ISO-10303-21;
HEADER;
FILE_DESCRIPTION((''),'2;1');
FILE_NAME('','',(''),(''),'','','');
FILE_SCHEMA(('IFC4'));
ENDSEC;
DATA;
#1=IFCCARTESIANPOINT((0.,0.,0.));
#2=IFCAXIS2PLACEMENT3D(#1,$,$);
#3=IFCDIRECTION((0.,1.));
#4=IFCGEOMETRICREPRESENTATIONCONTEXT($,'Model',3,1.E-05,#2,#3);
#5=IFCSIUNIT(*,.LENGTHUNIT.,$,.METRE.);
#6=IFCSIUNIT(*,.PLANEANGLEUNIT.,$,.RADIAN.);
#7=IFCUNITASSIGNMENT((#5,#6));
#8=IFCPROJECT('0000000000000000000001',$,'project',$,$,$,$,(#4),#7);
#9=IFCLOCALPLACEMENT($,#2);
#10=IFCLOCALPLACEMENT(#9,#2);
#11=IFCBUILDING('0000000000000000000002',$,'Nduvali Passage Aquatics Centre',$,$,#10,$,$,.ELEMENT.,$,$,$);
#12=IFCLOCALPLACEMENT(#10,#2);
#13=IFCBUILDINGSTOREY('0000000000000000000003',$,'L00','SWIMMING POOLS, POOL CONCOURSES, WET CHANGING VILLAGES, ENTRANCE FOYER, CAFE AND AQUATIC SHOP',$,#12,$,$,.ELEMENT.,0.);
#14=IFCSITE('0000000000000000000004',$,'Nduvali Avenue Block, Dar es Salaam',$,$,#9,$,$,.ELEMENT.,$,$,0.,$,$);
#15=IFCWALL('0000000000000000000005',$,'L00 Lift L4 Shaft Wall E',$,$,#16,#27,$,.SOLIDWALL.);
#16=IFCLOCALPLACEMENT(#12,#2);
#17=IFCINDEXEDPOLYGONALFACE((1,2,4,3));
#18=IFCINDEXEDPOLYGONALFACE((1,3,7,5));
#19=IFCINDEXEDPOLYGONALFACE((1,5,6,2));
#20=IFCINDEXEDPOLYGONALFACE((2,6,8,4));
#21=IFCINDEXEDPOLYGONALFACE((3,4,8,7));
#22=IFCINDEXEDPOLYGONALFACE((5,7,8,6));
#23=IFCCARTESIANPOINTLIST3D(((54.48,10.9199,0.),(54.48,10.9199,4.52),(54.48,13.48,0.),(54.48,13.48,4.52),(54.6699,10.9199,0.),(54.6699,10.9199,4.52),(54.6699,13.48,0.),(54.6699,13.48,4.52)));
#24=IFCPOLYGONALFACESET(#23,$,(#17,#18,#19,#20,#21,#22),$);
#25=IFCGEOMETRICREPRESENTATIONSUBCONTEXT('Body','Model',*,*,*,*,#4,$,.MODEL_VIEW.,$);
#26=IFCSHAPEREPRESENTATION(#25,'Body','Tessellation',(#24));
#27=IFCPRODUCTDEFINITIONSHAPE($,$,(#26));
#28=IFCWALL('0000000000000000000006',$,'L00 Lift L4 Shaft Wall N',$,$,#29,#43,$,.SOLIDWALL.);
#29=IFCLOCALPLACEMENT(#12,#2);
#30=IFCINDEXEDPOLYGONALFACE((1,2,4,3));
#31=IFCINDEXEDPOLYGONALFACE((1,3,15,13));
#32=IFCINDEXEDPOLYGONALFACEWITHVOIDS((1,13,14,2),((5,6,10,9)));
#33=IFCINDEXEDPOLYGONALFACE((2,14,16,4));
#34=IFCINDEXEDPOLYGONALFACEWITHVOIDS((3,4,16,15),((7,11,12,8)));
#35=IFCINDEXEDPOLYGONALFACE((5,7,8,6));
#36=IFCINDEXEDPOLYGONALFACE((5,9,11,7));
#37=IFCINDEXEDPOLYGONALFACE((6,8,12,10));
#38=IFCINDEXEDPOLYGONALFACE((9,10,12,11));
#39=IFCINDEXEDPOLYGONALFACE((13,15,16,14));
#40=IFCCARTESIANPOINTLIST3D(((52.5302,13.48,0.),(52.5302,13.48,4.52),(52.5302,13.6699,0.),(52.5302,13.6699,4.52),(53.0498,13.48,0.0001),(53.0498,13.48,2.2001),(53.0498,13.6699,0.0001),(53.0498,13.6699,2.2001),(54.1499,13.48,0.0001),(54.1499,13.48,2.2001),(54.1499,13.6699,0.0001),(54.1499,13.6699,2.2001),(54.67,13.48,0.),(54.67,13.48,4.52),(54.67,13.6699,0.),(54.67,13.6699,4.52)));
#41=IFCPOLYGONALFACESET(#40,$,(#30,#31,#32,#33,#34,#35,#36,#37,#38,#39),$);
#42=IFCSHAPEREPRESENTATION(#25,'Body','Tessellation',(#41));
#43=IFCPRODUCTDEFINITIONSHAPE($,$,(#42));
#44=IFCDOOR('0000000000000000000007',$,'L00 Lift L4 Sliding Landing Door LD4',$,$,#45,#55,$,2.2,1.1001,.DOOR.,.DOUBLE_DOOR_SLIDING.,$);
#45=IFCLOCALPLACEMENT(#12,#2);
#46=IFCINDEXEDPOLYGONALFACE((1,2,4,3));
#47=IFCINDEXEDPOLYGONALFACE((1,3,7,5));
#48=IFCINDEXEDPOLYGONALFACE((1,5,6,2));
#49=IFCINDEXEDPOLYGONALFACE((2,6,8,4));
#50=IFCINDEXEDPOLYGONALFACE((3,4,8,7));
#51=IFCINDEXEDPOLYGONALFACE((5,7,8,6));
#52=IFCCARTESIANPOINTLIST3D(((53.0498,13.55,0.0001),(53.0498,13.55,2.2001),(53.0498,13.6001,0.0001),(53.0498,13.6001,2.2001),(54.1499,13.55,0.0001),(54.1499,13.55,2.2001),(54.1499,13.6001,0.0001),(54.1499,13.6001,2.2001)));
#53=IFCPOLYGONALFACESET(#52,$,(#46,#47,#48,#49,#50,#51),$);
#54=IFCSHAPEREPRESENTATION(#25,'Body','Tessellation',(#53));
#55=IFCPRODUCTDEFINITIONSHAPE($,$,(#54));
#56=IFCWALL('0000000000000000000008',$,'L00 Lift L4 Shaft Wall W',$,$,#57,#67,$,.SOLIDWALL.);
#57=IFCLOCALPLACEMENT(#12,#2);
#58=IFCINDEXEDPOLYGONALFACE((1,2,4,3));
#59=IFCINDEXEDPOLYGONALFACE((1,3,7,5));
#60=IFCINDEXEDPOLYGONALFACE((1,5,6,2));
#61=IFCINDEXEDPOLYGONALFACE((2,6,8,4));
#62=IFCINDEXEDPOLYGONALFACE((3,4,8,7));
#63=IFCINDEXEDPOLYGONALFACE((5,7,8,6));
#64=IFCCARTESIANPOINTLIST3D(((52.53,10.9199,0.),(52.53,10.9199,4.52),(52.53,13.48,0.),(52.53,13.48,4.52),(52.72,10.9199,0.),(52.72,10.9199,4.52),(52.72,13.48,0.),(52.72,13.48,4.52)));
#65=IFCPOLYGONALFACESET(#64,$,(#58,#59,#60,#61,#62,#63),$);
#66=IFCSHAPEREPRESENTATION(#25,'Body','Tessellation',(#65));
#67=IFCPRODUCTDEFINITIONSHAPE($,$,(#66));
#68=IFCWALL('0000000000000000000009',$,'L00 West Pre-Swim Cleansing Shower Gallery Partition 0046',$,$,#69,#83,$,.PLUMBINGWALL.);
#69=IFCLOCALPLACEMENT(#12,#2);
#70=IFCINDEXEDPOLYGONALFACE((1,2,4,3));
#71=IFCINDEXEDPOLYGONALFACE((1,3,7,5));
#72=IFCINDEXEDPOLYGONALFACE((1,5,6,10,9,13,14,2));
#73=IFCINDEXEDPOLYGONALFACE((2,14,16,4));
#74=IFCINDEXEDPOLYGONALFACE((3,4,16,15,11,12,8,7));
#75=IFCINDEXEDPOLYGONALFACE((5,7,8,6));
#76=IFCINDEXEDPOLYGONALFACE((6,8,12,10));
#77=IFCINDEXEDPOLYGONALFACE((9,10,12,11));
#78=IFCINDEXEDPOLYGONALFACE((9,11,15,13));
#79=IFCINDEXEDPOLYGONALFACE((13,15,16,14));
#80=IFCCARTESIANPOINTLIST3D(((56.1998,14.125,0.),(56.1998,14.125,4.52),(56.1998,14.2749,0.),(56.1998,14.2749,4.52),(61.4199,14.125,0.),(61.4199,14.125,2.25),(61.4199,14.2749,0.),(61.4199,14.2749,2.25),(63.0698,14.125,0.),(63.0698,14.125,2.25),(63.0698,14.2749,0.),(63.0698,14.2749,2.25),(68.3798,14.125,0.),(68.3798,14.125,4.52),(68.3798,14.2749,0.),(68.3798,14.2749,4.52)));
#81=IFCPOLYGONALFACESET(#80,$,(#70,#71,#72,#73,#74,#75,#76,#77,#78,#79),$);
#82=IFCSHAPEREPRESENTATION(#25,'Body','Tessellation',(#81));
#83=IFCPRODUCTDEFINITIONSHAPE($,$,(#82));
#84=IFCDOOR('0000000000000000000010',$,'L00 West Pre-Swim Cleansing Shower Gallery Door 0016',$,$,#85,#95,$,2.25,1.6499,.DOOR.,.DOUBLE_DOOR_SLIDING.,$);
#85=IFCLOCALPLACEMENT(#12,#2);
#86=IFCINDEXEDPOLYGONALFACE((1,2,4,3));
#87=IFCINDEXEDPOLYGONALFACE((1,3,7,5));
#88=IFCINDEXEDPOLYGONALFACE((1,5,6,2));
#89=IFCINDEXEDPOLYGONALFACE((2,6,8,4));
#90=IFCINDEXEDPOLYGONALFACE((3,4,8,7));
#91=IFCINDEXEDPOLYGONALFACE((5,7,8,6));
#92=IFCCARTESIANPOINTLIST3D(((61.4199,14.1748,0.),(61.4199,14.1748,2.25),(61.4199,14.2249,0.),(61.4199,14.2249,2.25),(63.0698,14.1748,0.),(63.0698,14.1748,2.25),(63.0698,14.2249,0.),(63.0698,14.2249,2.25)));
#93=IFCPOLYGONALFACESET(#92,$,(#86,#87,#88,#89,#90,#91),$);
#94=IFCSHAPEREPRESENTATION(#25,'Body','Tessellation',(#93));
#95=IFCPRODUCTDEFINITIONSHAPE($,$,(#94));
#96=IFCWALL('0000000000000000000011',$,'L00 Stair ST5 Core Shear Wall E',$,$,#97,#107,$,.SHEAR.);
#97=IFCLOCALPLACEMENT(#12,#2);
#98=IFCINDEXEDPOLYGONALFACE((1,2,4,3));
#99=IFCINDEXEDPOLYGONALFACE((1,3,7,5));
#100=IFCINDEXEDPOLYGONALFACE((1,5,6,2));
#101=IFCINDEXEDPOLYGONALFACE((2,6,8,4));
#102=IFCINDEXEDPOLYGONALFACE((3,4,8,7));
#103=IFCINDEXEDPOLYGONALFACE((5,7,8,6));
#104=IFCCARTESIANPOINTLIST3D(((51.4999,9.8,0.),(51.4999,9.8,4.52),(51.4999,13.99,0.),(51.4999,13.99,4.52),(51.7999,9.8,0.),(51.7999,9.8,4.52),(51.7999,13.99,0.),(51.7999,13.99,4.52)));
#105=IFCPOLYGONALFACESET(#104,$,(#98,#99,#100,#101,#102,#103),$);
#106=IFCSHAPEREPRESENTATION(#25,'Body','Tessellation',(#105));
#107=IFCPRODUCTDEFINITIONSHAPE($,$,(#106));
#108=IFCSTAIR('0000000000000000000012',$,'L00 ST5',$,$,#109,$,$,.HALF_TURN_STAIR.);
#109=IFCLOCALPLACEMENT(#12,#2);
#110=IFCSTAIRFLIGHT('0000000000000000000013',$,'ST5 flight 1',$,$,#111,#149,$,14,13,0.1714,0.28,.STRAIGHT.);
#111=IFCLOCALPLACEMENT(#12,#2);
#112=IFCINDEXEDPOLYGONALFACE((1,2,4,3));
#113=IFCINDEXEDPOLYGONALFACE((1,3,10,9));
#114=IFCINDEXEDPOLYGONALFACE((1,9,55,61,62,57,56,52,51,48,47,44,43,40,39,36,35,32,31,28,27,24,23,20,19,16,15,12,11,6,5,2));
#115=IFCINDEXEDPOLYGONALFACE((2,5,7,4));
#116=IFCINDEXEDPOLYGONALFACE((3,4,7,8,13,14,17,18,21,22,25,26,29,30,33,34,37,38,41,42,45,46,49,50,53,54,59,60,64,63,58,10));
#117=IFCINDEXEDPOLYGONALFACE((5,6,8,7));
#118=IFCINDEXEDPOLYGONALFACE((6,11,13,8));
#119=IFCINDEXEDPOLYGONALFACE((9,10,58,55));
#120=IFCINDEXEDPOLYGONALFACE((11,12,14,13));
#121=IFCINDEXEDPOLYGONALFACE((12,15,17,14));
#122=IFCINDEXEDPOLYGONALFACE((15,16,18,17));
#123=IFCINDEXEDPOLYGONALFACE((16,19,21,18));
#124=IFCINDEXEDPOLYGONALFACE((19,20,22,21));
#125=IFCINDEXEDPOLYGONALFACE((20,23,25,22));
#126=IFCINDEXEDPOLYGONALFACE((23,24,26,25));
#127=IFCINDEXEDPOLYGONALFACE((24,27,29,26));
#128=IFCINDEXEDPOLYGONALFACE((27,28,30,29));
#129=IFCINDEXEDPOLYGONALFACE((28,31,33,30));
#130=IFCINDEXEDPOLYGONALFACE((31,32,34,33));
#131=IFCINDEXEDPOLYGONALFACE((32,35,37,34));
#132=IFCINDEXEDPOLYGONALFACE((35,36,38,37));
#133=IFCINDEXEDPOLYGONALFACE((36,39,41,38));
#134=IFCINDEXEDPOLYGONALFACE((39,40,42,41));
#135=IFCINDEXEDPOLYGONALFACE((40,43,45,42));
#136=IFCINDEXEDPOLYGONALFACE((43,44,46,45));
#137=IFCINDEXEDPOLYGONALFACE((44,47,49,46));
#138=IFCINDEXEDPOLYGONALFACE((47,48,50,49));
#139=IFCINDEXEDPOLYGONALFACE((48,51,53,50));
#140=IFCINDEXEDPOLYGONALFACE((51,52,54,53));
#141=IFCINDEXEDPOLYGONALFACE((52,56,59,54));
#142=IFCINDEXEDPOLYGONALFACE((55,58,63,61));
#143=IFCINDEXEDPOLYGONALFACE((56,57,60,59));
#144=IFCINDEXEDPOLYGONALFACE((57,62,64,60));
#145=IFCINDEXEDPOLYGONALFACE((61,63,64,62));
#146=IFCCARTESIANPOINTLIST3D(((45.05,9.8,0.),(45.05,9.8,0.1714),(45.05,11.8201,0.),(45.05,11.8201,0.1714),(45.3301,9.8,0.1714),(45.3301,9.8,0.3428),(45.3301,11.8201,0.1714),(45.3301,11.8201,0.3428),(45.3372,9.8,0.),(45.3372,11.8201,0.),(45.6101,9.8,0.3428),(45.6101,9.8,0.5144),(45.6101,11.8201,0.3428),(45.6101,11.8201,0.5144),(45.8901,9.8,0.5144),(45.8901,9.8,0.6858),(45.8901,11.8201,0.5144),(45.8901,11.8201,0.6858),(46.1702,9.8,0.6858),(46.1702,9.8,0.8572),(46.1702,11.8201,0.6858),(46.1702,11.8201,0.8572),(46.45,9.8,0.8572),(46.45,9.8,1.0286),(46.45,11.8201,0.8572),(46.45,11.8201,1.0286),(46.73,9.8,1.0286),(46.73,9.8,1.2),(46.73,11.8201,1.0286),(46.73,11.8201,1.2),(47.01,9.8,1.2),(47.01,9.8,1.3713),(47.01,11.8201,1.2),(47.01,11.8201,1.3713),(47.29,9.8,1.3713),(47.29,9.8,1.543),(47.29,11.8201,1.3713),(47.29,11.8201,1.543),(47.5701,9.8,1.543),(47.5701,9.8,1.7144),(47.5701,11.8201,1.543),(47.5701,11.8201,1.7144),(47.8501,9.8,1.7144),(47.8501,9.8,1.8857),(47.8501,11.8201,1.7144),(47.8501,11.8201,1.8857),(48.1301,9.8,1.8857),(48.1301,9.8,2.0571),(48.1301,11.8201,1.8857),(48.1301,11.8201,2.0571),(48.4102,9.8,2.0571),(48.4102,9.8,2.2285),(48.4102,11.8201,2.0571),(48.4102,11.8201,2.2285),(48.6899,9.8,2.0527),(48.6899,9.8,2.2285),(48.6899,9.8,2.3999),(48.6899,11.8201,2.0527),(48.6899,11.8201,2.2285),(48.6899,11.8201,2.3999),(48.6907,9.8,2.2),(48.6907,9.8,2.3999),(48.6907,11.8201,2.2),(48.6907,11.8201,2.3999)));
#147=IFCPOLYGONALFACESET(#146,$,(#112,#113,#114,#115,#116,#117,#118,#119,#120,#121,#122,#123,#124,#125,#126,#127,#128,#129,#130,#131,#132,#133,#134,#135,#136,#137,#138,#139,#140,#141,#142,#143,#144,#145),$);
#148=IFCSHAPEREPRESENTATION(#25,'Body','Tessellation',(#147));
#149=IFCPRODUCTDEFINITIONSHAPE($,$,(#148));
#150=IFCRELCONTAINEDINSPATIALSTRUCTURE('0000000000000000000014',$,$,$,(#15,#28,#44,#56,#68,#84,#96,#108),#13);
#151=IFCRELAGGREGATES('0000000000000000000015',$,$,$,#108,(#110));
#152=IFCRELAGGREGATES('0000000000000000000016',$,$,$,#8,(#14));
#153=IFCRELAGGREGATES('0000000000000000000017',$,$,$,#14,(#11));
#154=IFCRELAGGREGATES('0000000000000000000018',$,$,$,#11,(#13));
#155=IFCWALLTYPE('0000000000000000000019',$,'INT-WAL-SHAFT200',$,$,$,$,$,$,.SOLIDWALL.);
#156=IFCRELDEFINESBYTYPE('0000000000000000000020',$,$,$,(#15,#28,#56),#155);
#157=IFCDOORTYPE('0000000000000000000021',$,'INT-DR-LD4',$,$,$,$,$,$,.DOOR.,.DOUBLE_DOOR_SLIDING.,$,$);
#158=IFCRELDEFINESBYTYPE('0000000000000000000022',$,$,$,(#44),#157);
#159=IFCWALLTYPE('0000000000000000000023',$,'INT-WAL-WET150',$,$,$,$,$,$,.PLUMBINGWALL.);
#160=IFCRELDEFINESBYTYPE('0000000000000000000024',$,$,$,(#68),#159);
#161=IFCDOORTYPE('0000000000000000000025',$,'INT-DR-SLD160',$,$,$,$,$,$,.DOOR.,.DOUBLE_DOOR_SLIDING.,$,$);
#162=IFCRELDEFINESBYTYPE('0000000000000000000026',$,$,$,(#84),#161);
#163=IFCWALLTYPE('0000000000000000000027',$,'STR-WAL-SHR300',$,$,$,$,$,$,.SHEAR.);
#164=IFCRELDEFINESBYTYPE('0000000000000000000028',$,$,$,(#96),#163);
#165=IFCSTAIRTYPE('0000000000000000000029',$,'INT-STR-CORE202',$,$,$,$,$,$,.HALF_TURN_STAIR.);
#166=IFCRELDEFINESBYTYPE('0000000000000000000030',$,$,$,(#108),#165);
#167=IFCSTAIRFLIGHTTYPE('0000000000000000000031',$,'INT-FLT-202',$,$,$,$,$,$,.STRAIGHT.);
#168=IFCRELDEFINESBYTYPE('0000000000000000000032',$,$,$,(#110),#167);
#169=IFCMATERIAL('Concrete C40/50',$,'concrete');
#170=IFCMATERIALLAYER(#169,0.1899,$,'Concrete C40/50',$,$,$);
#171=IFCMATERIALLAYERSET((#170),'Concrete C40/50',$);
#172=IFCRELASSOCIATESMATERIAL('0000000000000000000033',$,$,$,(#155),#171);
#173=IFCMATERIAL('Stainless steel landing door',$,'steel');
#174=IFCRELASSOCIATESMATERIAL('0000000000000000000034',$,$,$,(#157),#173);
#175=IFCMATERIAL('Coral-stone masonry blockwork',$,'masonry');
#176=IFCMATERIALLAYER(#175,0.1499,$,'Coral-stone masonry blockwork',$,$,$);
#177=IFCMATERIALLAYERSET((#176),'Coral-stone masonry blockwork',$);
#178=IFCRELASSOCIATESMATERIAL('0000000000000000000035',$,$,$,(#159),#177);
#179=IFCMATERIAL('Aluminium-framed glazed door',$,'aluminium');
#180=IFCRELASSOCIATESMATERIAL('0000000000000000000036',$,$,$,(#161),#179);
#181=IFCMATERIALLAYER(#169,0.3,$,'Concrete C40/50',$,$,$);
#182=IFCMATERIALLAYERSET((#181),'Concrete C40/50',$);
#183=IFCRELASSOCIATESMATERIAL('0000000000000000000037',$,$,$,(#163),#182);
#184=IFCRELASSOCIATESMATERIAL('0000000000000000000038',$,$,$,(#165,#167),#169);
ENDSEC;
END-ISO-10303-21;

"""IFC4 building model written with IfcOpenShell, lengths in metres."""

from ifc_helpers import new_model, si_unit, direction, frame, frame_2d, origin, place, context, subcontext, project, spatial, polyline, rectangle, outline, extrude, material, layer, layer_set, type_object, element, fill, aggregate, save


model = new_model("IFC4")

# Units and contexts
model_context = context("Model", 3, precision=1e-05, world=origin(), true_north=direction((0.0, 1.0)))
body_context = subcontext(model_context, "Body", "Model", "MODEL_VIEW")
ifc_project = project(units=[si_unit("LENGTHUNIT", "METRE"), si_unit("PLANEANGLEUNIT", "RADIAN")], contexts=[model_context])

# Site, building, storey
site_placement = place(None, origin())
site = spatial("IfcSite", under=ifc_project, at=site_placement, Name="Nduvali Avenue Block, Dar es Salaam", CompositionType="ELEMENT", RefElevation=0.0)
building_placement = place(site_placement, origin())
building = spatial("IfcBuilding", under=site, at=building_placement, Name="Nduvali Passage Aquatics Centre", CompositionType="ELEMENT")
storey_placement = place(building_placement, origin())
storey = spatial("IfcBuildingStorey", under=building, at=storey_placement, Name="L00", Description="SWIMMING POOLS, POOL CONCOURSES, WET CHANGING VILLAGES, ENTRANCE FOYER, CAFE AND AQUATIC SHOP", CompositionType="ELEMENT", Elevation=0.0)

# Shared definitions
ifc_material_1 = material(Name="Concrete C40/50", Category="concrete")

# Wall
ifc_layer_1 = layer(ifc_material_1, 0.1899, Name="Concrete C40/50")
ifc_layer_set_1 = layer_set([ifc_layer_1], Name="Concrete C40/50")
wall_type_1 = type_object("IfcWallType", Name="INT-WAL-SHAFT200", PredefinedType="SOLIDWALL", material=ifc_layer_set_1)
wall_1_placement = place(storey_placement, frame((54.575, 10.9199, 0.0), z_axis=(0.0, 0.0, 1.0), x_axis=(0.0, 1.0, 0.0)))
element("IfcWall", 1, at=wall_1_placement, inside=storey, type_object=wall_type_1, Name="L00 Lift L4 Shaft Wall E", PredefinedType="SOLIDWALL", context=body_context, shape_type="SweptSolid", body=[
    extrude(rectangle(XDim=2.5601, YDim=0.1899, at=frame_2d((1.28, 0.0))), origin(), (0.0, 0.0, 1.0), 4.52),
])

# Wall, opening, door
wall_2_placement = place(storey_placement, frame((54.6699, 13.575, 0.0), z_axis=(0.0, 0.0, 1.0), x_axis=(-1.0, 0.0, 0.0)))
wall_2 = element("IfcWall", 2, at=wall_2_placement, inside=storey, type_object=wall_type_1, Name="L00 Lift L4 Shaft Wall N", PredefinedType="SOLIDWALL", context=body_context, shape_type="SweptSolid", body=[
    extrude(rectangle(XDim=2.1399, YDim=0.1899, at=frame_2d((1.0698, 0.0))), origin(), (0.0, 0.0, 1.0), 4.52),
])
opening_1_placement = place(wall_2_placement, frame((0.52, 0.0, 0.0)))
opening_1 = element("IfcOpeningElement", 3, at=opening_1_placement, cuts=wall_2, PredefinedType="OPENING", context=body_context, shape_type="SweptSolid", body=[
    extrude(rectangle(XDim=1.1001, YDim=2.2, at=frame_2d((0.55, 1.1001))), frame((0.0, 0.1099, 0.0), z_axis=(0.0, -1.0, 0.0), x_axis=(1.0, 0.0, 0.0)), (0.0, 0.0, 1.0), 0.2197),
])
ifc_material_2 = material(Name="Stainless steel landing door", Category="steel")
door_type_1 = type_object("IfcDoorType", Name="INT-DR-LD4", OperationType="DOUBLE_DOOR_SLIDING", PredefinedType="DOOR", material=ifc_material_2)
door_1_placement = place(opening_1_placement, origin())
door_1 = element("IfcDoor", 4, at=door_1_placement, inside=storey, type_object=door_type_1, Name="L00 Lift L4 Sliding Landing Door LD4", OperationType="DOUBLE_DOOR_SLIDING", OverallHeight=2.2, OverallWidth=1.1001, PredefinedType="DOOR", context=body_context, shape_type="SweptSolid", body=[
    extrude(rectangle(XDim=1.1001, YDim=2.2, at=frame_2d((0.55, 1.1001))), frame((0.0, 0.0249, 0.0), z_axis=(0.0, -1.0, 0.0), x_axis=(1.0, 0.0, 0.0)), (0.0, 0.0, 1.0), 0.05),
])
fill(opening_1, door_1)

# Wall
wall_3_placement = place(storey_placement, frame((52.625, 13.48, 0.0), z_axis=(0.0, 0.0, 1.0), x_axis=(0.0, -1.0, 0.0)))
element("IfcWall", 5, at=wall_3_placement, inside=storey, type_object=wall_type_1, Name="L00 Lift L4 Shaft Wall W", PredefinedType="SOLIDWALL", context=body_context, shape_type="SweptSolid", body=[
    extrude(rectangle(XDim=2.5601, YDim=0.1899, at=frame_2d((1.28, 0.0))), origin(), (0.0, 0.0, 1.0), 4.52),
])

# Wall, opening, door
ifc_material_3 = material(Name="Coral-stone masonry blockwork", Category="masonry")
ifc_layer_2 = layer(ifc_material_3, 0.1499, Name="Coral-stone masonry blockwork")
ifc_layer_set_2 = layer_set([ifc_layer_2], Name="Coral-stone masonry blockwork")
wall_type_2 = type_object("IfcWallType", Name="INT-WAL-WET150", PredefinedType="PLUMBINGWALL", material=ifc_layer_set_2)
wall_4_placement = place(storey_placement, frame((56.2, 14.2, 0.0), z_axis=(0.0, 0.0, 1.0), x_axis=(1.0, 0.0, 0.0)))
wall_4 = element("IfcWall", 6, at=wall_4_placement, inside=storey, type_object=wall_type_2, Name="L00 West Pre-Swim Cleansing Shower Gallery Partition 0046", PredefinedType="PLUMBINGWALL", context=body_context, shape_type="SweptSolid", body=[
    extrude(rectangle(XDim=12.1799, YDim=0.1499, at=frame_2d((6.0898, 0.0))), origin(), (0.0, 0.0, 1.0), 4.52),
])
opening_2_placement = place(wall_4_placement, frame((5.22, 0.0, 0.0)))
opening_2 = element("IfcOpeningElement", 7, at=opening_2_placement, cuts=wall_4, PredefinedType="OPENING", context=body_context, shape_type="SweptSolid", body=[
    extrude(rectangle(XDim=1.6499, YDim=2.25, at=frame_2d((0.825, 1.125))), frame((0.0, 0.0898, 0.0), z_axis=(0.0, -1.0, 0.0), x_axis=(1.0, 0.0, 0.0)), (0.0, 0.0, 1.0), 0.1797),
])
ifc_material_4 = material(Name="Aluminium-framed glazed door", Category="aluminium")
door_type_2 = type_object("IfcDoorType", Name="INT-DR-SLD160", OperationType="DOUBLE_DOOR_SLIDING", PredefinedType="DOOR", material=ifc_material_4)
door_2_placement = place(opening_2_placement, origin())
door_2 = element("IfcDoor", 8, at=door_2_placement, inside=storey, type_object=door_type_2, Name="L00 West Pre-Swim Cleansing Shower Gallery Door 0016", OperationType="DOUBLE_DOOR_SLIDING", OverallHeight=2.25, OverallWidth=1.6499, PredefinedType="DOOR", context=body_context, shape_type="SweptSolid", body=[
    extrude(rectangle(XDim=1.6499, YDim=2.25, at=frame_2d((0.825, 1.125))), frame((0.0, 0.0249, 0.0), z_axis=(0.0, -1.0, 0.0), x_axis=(1.0, 0.0, 0.0)), (0.0, 0.0, 1.0), 0.05),
])
fill(opening_2, door_2)

# Wall
ifc_layer_3 = layer(ifc_material_1, 0.3, Name="Concrete C40/50")
ifc_layer_set_3 = layer_set([ifc_layer_3], Name="Concrete C40/50")
wall_type_3 = type_object("IfcWallType", Name="STR-WAL-SHR300", PredefinedType="SHEAR", material=ifc_layer_set_3)
wall_5_placement = place(storey_placement, frame((51.6499, 9.8, 0.0), z_axis=(0.0, 0.0, 1.0), x_axis=(0.0, 1.0, 0.0)))
element("IfcWall", 9, at=wall_5_placement, inside=storey, type_object=wall_type_3, Name="L00 Stair ST5 Core Shear Wall E", PredefinedType="SHEAR", context=body_context, shape_type="SweptSolid", body=[
    extrude(rectangle(XDim=4.1899, YDim=0.3, at=frame_2d((2.095, 0.0))), origin(), (0.0, 0.0, 1.0), 4.52),
])

# Stair, stair flight
stair_type = type_object("IfcStairType", Name="INT-STR-CORE202", PredefinedType="HALF_TURN_STAIR", material=ifc_material_1)
stair_placement = place(storey_placement, origin())
stair = element("IfcStair", 10, at=stair_placement, inside=storey, type_object=stair_type, Name="L00 ST5", PredefinedType="HALF_TURN_STAIR")
stair_flight_type = type_object("IfcStairFlightType", Name="INT-FLT-202", PredefinedType="STRAIGHT", material=ifc_material_1)
stair_flight_1_placement = place(storey_placement, frame((45.05, 10.8101, 0.0), z_axis=(0.0, 0.0, 1.0), x_axis=(1.0, 0.0, 0.0)))
stair_flight_1 = element("IfcStairFlight", 11, at=stair_flight_1_placement, type_object=stair_flight_type, Name="ST5 flight 1", NumberOfRisers=14, NumberOfTreads=13, PredefinedType="STRAIGHT", RiserHeight=0.1714, TreadLength=0.28, context=body_context, shape_type="SweptSolid", body=[
    extrude(outline(polyline([(0.0, 0.0), (0.0, 0.1714), (0.28, 0.1714), (0.28, 0.3428), (0.5601, 0.3428), (0.5601, 0.5144), (0.8401, 0.5144), (0.8401, 0.6858), (1.1201, 0.6858), (1.1201, 0.8572), (1.3999, 0.8572), (1.3999, 1.0286), (1.6799, 1.0286), (1.6799, 1.2), (1.96, 1.2), (1.96, 1.3713), (2.24, 1.3713), (2.24, 1.543), (2.52, 1.543), (2.52, 1.7144), (2.8, 1.7144), (2.8, 1.8857), (3.0801, 1.8857), (3.0801, 2.0571), (3.3601, 2.0571), (3.3601, 2.2285), (3.6399, 2.2285), (3.6399, 2.3999), (3.6406, 2.3999), (3.6406, 2.2), (3.6399, 2.0527), (0.2871, 0.0), (0.0, 0.0)])), frame((0.0, 1.01, 0.0), z_axis=(0.0, -1.0, 0.0), x_axis=(1.0, 0.0, 0.0)), (0.0, 0.0, 1.0), 2.02),
])
aggregate(stair, [stair_flight_1])

save(model, "model.ifc")
